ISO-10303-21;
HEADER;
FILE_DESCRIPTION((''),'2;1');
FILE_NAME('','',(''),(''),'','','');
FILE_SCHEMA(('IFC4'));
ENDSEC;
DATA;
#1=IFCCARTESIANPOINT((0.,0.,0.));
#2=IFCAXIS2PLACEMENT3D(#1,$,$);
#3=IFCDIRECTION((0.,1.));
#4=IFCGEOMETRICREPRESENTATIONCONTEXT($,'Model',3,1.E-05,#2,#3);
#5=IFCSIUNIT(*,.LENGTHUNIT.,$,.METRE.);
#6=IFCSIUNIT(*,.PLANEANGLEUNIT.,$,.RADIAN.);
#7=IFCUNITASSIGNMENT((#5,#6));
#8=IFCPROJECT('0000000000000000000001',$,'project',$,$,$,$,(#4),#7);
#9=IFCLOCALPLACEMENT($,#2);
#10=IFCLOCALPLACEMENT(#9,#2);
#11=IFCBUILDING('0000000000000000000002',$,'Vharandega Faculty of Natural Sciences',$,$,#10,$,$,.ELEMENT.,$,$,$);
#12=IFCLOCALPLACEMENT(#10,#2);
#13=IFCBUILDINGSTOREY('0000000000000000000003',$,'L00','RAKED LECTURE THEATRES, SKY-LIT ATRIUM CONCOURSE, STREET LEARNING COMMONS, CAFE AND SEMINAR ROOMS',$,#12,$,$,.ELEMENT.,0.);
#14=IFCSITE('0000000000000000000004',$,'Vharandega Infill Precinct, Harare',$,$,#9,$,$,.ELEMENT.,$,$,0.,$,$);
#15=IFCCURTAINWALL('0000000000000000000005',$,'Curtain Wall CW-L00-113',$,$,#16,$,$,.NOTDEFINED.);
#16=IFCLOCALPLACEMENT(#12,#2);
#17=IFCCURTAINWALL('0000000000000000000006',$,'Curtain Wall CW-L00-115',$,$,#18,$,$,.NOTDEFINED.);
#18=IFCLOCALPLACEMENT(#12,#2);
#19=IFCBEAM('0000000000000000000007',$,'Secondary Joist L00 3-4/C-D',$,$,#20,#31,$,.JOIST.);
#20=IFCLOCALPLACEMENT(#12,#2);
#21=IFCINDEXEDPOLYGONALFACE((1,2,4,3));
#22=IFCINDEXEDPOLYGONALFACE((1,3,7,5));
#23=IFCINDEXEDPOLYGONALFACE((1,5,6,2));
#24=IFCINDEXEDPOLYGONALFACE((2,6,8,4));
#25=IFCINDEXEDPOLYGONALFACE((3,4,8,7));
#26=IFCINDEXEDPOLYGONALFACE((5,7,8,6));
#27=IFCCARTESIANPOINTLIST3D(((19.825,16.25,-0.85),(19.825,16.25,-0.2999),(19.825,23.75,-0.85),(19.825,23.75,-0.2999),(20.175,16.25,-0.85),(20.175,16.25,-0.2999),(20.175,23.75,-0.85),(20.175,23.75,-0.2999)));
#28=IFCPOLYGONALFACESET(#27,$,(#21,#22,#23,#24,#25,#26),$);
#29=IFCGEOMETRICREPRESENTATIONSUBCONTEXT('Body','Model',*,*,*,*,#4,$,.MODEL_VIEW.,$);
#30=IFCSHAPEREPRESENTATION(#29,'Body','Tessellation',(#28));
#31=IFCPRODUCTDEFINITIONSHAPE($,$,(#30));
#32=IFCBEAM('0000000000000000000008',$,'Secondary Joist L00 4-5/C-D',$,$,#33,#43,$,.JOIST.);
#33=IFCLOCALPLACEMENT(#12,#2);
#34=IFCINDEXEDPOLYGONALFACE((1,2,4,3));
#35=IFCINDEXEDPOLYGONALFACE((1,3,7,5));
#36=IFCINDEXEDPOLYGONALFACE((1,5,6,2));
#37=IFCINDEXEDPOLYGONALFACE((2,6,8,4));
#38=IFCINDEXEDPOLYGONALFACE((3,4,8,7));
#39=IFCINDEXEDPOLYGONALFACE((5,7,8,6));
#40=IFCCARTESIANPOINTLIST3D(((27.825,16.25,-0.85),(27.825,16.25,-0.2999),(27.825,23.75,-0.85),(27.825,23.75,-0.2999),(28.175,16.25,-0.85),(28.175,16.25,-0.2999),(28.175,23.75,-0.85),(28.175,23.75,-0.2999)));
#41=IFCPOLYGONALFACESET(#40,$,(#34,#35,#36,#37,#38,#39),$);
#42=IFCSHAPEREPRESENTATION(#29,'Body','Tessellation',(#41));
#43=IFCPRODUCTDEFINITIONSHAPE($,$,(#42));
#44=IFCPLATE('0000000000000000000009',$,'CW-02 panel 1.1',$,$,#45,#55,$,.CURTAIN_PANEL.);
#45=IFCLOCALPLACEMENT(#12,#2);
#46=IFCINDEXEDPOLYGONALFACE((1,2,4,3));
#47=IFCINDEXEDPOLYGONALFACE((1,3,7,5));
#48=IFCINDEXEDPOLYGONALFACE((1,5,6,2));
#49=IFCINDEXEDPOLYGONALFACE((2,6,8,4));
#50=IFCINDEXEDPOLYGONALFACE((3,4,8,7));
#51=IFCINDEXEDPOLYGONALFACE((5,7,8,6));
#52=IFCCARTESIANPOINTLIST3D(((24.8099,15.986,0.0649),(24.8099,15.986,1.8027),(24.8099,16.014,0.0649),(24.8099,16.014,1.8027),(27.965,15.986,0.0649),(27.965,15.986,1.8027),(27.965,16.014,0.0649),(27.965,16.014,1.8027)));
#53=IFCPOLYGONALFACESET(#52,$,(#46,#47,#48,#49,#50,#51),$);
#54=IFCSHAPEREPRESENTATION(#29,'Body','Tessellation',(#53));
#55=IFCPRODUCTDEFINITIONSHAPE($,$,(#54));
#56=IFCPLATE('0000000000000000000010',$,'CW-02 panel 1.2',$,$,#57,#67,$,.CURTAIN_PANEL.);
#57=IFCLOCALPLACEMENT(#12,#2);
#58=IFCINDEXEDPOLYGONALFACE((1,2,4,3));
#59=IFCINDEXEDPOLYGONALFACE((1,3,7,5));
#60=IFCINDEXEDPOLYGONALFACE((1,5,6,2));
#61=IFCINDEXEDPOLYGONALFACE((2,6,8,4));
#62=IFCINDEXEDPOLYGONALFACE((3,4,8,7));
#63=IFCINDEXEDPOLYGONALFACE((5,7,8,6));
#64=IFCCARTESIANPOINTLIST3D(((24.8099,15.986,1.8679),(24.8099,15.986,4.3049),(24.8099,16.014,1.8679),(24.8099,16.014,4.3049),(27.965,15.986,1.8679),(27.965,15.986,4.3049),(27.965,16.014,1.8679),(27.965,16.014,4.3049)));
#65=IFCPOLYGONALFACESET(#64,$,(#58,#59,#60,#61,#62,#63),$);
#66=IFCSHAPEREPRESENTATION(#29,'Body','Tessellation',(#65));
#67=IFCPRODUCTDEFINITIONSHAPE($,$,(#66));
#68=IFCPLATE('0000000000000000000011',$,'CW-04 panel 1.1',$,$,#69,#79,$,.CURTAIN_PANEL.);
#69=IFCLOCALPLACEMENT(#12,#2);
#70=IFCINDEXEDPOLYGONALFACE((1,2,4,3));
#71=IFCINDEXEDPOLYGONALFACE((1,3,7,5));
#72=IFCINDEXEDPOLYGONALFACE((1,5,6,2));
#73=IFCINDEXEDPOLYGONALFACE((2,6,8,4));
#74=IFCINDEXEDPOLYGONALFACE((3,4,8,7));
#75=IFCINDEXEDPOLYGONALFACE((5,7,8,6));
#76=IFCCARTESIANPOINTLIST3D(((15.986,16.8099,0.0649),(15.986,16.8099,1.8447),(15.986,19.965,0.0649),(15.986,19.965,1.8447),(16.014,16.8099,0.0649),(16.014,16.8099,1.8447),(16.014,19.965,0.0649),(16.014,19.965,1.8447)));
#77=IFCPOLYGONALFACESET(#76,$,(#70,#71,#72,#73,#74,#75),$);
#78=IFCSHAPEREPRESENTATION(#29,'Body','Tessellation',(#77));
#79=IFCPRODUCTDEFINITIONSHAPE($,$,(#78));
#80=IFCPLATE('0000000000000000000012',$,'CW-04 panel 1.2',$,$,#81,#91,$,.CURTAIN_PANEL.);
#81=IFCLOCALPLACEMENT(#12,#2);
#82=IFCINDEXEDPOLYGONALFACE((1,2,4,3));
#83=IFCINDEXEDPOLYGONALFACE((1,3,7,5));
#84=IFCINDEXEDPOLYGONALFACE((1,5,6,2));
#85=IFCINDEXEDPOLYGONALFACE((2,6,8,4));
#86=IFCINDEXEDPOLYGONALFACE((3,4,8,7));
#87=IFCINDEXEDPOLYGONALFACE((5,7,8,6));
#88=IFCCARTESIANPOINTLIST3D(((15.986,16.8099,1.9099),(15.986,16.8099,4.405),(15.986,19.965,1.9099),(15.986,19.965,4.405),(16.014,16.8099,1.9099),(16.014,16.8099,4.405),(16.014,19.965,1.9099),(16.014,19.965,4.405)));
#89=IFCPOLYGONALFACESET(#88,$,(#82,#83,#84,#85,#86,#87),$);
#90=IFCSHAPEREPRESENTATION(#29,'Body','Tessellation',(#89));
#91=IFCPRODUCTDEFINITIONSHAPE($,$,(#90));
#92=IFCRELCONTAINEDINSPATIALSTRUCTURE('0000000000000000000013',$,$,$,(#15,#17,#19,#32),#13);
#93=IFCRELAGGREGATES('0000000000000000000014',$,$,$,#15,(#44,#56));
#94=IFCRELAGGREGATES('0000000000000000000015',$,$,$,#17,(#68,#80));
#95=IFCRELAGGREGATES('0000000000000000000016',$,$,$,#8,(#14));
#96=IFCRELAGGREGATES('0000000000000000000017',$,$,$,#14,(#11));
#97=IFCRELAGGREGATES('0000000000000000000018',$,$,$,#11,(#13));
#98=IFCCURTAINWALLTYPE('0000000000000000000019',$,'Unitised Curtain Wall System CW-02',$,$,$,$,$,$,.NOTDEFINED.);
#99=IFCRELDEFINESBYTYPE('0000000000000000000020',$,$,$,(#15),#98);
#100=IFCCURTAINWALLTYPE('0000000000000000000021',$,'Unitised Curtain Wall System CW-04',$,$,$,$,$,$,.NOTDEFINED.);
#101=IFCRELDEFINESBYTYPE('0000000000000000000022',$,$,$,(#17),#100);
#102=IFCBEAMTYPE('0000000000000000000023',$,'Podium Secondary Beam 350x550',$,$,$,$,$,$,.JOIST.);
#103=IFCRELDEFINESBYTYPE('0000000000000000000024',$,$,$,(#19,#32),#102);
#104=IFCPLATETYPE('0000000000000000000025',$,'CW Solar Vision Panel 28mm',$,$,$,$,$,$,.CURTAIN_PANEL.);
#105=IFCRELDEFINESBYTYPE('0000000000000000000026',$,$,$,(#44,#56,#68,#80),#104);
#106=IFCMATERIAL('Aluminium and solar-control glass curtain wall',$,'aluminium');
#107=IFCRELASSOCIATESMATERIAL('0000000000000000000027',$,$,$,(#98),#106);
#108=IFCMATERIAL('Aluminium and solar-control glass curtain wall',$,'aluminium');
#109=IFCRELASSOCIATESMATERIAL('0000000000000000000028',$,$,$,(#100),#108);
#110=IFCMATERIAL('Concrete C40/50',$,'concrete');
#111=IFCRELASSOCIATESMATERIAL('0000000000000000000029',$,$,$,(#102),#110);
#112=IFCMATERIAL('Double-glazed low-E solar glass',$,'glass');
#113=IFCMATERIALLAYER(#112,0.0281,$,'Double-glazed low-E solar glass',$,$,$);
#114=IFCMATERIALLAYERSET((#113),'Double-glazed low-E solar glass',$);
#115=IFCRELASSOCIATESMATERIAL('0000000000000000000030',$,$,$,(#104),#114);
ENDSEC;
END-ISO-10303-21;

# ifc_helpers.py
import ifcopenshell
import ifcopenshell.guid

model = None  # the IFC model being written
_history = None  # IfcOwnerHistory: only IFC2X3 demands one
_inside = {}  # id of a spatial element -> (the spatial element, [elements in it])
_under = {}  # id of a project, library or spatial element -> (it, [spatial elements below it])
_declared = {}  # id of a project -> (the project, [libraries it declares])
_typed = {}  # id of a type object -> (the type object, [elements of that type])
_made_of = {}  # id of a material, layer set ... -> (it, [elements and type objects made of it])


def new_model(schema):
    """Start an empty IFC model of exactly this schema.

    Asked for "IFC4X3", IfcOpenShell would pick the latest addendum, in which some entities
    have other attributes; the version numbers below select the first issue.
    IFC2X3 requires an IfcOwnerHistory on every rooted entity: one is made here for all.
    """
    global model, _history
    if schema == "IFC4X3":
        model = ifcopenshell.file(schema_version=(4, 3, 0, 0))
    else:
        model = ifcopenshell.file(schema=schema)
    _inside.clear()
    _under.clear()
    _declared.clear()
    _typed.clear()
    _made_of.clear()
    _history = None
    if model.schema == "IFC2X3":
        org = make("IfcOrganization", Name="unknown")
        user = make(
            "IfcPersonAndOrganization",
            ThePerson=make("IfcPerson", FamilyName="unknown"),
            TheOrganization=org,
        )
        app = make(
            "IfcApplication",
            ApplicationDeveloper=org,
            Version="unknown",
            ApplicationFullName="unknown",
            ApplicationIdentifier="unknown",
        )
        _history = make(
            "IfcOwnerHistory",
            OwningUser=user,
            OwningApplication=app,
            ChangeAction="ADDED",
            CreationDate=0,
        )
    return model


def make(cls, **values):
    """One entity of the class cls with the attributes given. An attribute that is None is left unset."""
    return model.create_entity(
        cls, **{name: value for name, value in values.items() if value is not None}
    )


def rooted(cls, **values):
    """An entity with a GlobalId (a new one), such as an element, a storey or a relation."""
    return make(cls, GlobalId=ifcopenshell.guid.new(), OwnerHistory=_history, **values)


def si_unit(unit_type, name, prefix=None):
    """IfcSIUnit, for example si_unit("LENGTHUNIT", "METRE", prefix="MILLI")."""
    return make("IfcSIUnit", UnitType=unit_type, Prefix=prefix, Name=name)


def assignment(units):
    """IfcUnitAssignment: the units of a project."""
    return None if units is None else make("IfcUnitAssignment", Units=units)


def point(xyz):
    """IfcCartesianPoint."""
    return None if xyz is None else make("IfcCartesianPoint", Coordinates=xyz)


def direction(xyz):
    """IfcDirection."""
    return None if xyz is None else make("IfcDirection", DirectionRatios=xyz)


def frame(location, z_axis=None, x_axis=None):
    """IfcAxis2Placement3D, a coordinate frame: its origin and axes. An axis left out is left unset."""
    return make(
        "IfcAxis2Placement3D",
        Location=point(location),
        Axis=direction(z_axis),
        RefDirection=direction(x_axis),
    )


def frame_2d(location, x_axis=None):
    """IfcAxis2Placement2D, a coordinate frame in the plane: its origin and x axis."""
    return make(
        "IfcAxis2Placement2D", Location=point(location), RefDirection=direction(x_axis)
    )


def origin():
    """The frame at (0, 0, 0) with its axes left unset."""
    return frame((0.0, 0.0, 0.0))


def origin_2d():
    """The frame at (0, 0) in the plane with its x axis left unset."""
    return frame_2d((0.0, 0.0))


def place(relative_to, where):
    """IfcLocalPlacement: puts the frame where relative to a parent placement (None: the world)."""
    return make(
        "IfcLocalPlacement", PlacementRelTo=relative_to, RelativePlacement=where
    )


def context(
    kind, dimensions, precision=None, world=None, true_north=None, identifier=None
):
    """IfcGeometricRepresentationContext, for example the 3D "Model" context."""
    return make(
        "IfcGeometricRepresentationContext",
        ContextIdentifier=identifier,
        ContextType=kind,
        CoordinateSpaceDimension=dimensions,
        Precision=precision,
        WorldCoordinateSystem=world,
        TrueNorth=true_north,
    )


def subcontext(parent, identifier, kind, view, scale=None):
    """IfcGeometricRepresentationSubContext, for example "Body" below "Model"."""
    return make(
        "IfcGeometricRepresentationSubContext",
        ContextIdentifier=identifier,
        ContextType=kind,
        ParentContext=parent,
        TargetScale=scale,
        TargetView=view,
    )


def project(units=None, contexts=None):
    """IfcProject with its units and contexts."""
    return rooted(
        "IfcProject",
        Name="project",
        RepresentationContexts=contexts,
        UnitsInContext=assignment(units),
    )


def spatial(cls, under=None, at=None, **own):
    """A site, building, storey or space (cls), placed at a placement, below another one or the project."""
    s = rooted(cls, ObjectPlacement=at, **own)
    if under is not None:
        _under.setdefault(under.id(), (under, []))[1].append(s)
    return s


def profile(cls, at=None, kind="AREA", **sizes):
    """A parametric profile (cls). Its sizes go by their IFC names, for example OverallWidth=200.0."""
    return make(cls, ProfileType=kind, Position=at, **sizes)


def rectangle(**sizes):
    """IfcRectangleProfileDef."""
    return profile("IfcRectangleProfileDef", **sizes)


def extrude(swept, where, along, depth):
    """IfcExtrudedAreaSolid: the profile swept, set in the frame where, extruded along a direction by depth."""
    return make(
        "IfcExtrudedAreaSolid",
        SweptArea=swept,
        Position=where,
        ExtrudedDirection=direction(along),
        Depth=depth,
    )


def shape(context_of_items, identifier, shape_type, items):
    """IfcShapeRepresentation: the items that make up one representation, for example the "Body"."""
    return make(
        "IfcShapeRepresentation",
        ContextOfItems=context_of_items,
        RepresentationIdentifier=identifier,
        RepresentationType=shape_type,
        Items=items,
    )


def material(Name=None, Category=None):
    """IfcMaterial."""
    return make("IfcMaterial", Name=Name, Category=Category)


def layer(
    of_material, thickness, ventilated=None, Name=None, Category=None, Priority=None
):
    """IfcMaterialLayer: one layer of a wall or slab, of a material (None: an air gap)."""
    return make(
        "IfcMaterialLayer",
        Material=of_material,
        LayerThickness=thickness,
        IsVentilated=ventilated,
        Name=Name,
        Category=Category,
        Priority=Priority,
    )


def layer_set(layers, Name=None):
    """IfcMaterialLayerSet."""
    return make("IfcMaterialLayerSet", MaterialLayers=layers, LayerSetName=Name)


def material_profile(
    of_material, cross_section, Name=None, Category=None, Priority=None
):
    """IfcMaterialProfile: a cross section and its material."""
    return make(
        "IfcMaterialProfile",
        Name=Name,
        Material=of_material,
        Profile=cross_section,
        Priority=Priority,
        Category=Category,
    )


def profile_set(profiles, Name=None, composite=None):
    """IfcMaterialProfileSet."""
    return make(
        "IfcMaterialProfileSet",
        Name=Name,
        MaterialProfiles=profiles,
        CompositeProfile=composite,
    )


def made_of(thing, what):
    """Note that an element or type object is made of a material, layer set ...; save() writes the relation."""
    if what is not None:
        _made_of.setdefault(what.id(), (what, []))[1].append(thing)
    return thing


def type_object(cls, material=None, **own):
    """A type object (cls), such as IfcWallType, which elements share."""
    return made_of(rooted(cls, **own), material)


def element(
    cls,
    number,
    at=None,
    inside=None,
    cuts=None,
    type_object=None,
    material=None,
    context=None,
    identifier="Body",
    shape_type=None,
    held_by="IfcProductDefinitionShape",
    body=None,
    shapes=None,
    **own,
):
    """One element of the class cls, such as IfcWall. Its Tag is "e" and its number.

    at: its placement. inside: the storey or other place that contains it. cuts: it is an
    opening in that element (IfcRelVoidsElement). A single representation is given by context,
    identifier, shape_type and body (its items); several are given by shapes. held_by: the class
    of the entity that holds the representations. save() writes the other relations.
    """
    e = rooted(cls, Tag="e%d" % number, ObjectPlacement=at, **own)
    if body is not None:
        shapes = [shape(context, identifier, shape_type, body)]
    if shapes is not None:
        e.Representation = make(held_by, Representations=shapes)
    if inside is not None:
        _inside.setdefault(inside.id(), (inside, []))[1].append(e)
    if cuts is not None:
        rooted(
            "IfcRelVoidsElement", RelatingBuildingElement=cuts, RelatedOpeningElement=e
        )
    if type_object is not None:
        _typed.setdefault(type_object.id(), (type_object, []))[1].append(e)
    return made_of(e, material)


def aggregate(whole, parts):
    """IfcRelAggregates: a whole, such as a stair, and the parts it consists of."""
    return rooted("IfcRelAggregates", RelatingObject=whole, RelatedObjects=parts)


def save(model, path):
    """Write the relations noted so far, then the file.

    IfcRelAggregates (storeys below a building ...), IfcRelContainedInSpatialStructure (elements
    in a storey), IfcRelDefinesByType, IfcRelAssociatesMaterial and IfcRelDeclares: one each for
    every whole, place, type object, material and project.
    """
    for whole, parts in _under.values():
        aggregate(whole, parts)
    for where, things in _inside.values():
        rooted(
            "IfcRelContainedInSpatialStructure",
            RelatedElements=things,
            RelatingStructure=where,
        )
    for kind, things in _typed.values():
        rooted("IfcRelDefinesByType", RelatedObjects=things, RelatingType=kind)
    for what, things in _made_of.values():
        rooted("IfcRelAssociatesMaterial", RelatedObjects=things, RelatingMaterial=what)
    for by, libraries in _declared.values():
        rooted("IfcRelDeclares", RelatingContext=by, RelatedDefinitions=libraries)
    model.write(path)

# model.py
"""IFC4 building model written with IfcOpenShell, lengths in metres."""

from ifc_helpers import new_model, si_unit, direction, frame, origin, origin_2d, place, context, subcontext, project, spatial, rectangle, extrude, material, layer, layer_set, material_profile, profile_set, type_object, element, aggregate, save


model = new_model("IFC4")

# Units and contexts
model_context = context("Model", 3, precision=1e-05, world=origin(), true_north=direction((0.0, 1.0)))
body_context = subcontext(model_context, "Body", "Model", "MODEL_VIEW")
ifc_project = project(units=[si_unit("LENGTHUNIT", "METRE"), si_unit("PLANEANGLEUNIT", "RADIAN")], contexts=[model_context])

# Site, building, storey
site_placement = place(None, origin())
site = spatial("IfcSite", under=ifc_project, at=site_placement, Name="Vharandega Infill Precinct, Harare", CompositionType="ELEMENT", RefElevation=0.0)
building_placement = place(site_placement, origin())
building = spatial("IfcBuilding", under=site, at=building_placement, Name="Vharandega Faculty of Natural Sciences", CompositionType="ELEMENT")
storey_placement = place(building_placement, origin())
storey = spatial("IfcBuildingStorey", under=building, at=storey_placement, Name="L00", Description="RAKED LECTURE THEATRES, SKY-LIT ATRIUM CONCOURSE, STREET LEARNING COMMONS, CAFE AND SEMINAR ROOMS", CompositionType="ELEMENT", Elevation=0.0)

# Curtain walls
ifc_material_1 = material(Name="Aluminium and solar-control glass curtain wall", Category="aluminium")
curtain_wall_type_1 = type_object("IfcCurtainWallType", Name="Unitised Curtain Wall System CW-02", PredefinedType="NOTDEFINED", material=ifc_material_1)
curtain_wall_1_placement = place(storey_placement, origin())
curtain_wall_1 = element("IfcCurtainWall", 1, at=curtain_wall_1_placement, inside=storey, type_object=curtain_wall_type_1, Name="Curtain Wall CW-L00-113", PredefinedType="NOTDEFINED")
ifc_material_2 = material(Name="Aluminium and solar-control glass curtain wall", Category="aluminium")
curtain_wall_type_2 = type_object("IfcCurtainWallType", Name="Unitised Curtain Wall System CW-04", PredefinedType="NOTDEFINED", material=ifc_material_2)
curtain_wall_2_placement = place(storey_placement, origin())
curtain_wall_2 = element("IfcCurtainWall", 2, at=curtain_wall_2_placement, inside=storey, type_object=curtain_wall_type_2, Name="Curtain Wall CW-L00-115", PredefinedType="NOTDEFINED")

# Beams
ifc_material_3 = material(Name="Concrete C40/50", Category="concrete")
ifc_material_profile_1 = material_profile(ifc_material_3, rectangle(XDim=0.3501, YDim=0.55, at=origin_2d()), Name="RC 350x550")
ifc_profile_set_1 = profile_set([ifc_material_profile_1], Name="Concrete C40/50")
beam_type = type_object("IfcBeamType", Name="Podium Secondary Beam 350x550", PredefinedType="JOIST", material=ifc_profile_set_1)
for number, where, z_axis, x_axis, name in (
    (3, (20.0, 16.25, -0.575), (0.0, 1.0, 0.0), (-1.0, 0.0, 0.0), "Secondary Joist L00 3-4/C-D"),
    (4, (28.0, 16.25, -0.575), (0.0, 1.0, 0.0), (-1.0, 0.0, 0.0), "Secondary Joist L00 4-5/C-D"),
):
    element("IfcBeam", number, at=place(storey_placement, frame(where, z_axis=z_axis, x_axis=x_axis)), inside=storey, type_object=beam_type, Name=name, PredefinedType="JOIST", context=body_context, shape_type="SweptSolid", body=[
        extrude(rectangle(XDim=0.3501, YDim=0.55, at=origin_2d()), origin(), (0.0, 0.0, 1.0), 7.5),
    ])

# Plates
ifc_material_4 = material(Name="Double-glazed low-E solar glass", Category="glass")
ifc_layer = layer(ifc_material_4, 0.0281, Name="Double-glazed low-E solar glass")
ifc_layer_set = layer_set([ifc_layer], Name="Double-glazed low-E solar glass")
plate_type = type_object("IfcPlateType", Name="CW Solar Vision Panel 28mm", PredefinedType="CURTAIN_PANEL", material=ifc_layer_set)
plate_1_placement = place(storey_placement, frame((26.3875, 16.0, 0.0649), z_axis=(0.0, 0.0, 1.0), x_axis=(1.0, 0.0, 0.0)))
plate_1 = element("IfcPlate", 5, at=plate_1_placement, type_object=plate_type, Name="CW-02 panel 1.1", PredefinedType="CURTAIN_PANEL", context=body_context, shape_type="SweptSolid", body=[
    extrude(rectangle(XDim=3.155, YDim=0.0281, at=origin_2d()), origin(), (0.0, 0.0, 1.0), 1.7378),
])
plate_2_placement = place(storey_placement, frame((26.3875, 16.0, 1.8679), z_axis=(0.0, 0.0, 1.0), x_axis=(1.0, 0.0, 0.0)))
plate_2 = element("IfcPlate", 6, at=plate_2_placement, type_object=plate_type, Name="CW-02 panel 1.2", PredefinedType="CURTAIN_PANEL", context=body_context, shape_type="SweptSolid", body=[
    extrude(rectangle(XDim=3.155, YDim=0.0281, at=origin_2d()), origin(), (0.0, 0.0, 1.0), 2.437),
])
aggregate(curtain_wall_1, [plate_1, plate_2])
plate_3_placement = place(storey_placement, frame((16.0, 18.3875, 0.0649), z_axis=(0.0, 0.0, 1.0), x_axis=(0.0, 1.0, 0.0)))
plate_3 = element("IfcPlate", 7, at=plate_3_placement, type_object=plate_type, Name="CW-04 panel 1.1", PredefinedType="CURTAIN_PANEL", context=body_context, shape_type="SweptSolid", body=[
    extrude(rectangle(XDim=3.155, YDim=0.0281, at=origin_2d()), origin(), (0.0, 0.0, 1.0), 1.7798),
])
plate_4_placement = place(storey_placement, frame((16.0, 18.3875, 1.9099), z_axis=(0.0, 0.0, 1.0), x_axis=(0.0, 1.0, 0.0)))
plate_4 = element("IfcPlate", 8, at=plate_4_placement, type_object=plate_type, Name="CW-04 panel 1.2", PredefinedType="CURTAIN_PANEL", context=body_context, shape_type="SweptSolid", body=[
    extrude(rectangle(XDim=3.155, YDim=0.0281, at=origin_2d()), origin(), (0.0, 0.0, 1.0), 2.4951),
])
aggregate(curtain_wall_2, [plate_3, plate_4])

save(model, "model.ifc")
